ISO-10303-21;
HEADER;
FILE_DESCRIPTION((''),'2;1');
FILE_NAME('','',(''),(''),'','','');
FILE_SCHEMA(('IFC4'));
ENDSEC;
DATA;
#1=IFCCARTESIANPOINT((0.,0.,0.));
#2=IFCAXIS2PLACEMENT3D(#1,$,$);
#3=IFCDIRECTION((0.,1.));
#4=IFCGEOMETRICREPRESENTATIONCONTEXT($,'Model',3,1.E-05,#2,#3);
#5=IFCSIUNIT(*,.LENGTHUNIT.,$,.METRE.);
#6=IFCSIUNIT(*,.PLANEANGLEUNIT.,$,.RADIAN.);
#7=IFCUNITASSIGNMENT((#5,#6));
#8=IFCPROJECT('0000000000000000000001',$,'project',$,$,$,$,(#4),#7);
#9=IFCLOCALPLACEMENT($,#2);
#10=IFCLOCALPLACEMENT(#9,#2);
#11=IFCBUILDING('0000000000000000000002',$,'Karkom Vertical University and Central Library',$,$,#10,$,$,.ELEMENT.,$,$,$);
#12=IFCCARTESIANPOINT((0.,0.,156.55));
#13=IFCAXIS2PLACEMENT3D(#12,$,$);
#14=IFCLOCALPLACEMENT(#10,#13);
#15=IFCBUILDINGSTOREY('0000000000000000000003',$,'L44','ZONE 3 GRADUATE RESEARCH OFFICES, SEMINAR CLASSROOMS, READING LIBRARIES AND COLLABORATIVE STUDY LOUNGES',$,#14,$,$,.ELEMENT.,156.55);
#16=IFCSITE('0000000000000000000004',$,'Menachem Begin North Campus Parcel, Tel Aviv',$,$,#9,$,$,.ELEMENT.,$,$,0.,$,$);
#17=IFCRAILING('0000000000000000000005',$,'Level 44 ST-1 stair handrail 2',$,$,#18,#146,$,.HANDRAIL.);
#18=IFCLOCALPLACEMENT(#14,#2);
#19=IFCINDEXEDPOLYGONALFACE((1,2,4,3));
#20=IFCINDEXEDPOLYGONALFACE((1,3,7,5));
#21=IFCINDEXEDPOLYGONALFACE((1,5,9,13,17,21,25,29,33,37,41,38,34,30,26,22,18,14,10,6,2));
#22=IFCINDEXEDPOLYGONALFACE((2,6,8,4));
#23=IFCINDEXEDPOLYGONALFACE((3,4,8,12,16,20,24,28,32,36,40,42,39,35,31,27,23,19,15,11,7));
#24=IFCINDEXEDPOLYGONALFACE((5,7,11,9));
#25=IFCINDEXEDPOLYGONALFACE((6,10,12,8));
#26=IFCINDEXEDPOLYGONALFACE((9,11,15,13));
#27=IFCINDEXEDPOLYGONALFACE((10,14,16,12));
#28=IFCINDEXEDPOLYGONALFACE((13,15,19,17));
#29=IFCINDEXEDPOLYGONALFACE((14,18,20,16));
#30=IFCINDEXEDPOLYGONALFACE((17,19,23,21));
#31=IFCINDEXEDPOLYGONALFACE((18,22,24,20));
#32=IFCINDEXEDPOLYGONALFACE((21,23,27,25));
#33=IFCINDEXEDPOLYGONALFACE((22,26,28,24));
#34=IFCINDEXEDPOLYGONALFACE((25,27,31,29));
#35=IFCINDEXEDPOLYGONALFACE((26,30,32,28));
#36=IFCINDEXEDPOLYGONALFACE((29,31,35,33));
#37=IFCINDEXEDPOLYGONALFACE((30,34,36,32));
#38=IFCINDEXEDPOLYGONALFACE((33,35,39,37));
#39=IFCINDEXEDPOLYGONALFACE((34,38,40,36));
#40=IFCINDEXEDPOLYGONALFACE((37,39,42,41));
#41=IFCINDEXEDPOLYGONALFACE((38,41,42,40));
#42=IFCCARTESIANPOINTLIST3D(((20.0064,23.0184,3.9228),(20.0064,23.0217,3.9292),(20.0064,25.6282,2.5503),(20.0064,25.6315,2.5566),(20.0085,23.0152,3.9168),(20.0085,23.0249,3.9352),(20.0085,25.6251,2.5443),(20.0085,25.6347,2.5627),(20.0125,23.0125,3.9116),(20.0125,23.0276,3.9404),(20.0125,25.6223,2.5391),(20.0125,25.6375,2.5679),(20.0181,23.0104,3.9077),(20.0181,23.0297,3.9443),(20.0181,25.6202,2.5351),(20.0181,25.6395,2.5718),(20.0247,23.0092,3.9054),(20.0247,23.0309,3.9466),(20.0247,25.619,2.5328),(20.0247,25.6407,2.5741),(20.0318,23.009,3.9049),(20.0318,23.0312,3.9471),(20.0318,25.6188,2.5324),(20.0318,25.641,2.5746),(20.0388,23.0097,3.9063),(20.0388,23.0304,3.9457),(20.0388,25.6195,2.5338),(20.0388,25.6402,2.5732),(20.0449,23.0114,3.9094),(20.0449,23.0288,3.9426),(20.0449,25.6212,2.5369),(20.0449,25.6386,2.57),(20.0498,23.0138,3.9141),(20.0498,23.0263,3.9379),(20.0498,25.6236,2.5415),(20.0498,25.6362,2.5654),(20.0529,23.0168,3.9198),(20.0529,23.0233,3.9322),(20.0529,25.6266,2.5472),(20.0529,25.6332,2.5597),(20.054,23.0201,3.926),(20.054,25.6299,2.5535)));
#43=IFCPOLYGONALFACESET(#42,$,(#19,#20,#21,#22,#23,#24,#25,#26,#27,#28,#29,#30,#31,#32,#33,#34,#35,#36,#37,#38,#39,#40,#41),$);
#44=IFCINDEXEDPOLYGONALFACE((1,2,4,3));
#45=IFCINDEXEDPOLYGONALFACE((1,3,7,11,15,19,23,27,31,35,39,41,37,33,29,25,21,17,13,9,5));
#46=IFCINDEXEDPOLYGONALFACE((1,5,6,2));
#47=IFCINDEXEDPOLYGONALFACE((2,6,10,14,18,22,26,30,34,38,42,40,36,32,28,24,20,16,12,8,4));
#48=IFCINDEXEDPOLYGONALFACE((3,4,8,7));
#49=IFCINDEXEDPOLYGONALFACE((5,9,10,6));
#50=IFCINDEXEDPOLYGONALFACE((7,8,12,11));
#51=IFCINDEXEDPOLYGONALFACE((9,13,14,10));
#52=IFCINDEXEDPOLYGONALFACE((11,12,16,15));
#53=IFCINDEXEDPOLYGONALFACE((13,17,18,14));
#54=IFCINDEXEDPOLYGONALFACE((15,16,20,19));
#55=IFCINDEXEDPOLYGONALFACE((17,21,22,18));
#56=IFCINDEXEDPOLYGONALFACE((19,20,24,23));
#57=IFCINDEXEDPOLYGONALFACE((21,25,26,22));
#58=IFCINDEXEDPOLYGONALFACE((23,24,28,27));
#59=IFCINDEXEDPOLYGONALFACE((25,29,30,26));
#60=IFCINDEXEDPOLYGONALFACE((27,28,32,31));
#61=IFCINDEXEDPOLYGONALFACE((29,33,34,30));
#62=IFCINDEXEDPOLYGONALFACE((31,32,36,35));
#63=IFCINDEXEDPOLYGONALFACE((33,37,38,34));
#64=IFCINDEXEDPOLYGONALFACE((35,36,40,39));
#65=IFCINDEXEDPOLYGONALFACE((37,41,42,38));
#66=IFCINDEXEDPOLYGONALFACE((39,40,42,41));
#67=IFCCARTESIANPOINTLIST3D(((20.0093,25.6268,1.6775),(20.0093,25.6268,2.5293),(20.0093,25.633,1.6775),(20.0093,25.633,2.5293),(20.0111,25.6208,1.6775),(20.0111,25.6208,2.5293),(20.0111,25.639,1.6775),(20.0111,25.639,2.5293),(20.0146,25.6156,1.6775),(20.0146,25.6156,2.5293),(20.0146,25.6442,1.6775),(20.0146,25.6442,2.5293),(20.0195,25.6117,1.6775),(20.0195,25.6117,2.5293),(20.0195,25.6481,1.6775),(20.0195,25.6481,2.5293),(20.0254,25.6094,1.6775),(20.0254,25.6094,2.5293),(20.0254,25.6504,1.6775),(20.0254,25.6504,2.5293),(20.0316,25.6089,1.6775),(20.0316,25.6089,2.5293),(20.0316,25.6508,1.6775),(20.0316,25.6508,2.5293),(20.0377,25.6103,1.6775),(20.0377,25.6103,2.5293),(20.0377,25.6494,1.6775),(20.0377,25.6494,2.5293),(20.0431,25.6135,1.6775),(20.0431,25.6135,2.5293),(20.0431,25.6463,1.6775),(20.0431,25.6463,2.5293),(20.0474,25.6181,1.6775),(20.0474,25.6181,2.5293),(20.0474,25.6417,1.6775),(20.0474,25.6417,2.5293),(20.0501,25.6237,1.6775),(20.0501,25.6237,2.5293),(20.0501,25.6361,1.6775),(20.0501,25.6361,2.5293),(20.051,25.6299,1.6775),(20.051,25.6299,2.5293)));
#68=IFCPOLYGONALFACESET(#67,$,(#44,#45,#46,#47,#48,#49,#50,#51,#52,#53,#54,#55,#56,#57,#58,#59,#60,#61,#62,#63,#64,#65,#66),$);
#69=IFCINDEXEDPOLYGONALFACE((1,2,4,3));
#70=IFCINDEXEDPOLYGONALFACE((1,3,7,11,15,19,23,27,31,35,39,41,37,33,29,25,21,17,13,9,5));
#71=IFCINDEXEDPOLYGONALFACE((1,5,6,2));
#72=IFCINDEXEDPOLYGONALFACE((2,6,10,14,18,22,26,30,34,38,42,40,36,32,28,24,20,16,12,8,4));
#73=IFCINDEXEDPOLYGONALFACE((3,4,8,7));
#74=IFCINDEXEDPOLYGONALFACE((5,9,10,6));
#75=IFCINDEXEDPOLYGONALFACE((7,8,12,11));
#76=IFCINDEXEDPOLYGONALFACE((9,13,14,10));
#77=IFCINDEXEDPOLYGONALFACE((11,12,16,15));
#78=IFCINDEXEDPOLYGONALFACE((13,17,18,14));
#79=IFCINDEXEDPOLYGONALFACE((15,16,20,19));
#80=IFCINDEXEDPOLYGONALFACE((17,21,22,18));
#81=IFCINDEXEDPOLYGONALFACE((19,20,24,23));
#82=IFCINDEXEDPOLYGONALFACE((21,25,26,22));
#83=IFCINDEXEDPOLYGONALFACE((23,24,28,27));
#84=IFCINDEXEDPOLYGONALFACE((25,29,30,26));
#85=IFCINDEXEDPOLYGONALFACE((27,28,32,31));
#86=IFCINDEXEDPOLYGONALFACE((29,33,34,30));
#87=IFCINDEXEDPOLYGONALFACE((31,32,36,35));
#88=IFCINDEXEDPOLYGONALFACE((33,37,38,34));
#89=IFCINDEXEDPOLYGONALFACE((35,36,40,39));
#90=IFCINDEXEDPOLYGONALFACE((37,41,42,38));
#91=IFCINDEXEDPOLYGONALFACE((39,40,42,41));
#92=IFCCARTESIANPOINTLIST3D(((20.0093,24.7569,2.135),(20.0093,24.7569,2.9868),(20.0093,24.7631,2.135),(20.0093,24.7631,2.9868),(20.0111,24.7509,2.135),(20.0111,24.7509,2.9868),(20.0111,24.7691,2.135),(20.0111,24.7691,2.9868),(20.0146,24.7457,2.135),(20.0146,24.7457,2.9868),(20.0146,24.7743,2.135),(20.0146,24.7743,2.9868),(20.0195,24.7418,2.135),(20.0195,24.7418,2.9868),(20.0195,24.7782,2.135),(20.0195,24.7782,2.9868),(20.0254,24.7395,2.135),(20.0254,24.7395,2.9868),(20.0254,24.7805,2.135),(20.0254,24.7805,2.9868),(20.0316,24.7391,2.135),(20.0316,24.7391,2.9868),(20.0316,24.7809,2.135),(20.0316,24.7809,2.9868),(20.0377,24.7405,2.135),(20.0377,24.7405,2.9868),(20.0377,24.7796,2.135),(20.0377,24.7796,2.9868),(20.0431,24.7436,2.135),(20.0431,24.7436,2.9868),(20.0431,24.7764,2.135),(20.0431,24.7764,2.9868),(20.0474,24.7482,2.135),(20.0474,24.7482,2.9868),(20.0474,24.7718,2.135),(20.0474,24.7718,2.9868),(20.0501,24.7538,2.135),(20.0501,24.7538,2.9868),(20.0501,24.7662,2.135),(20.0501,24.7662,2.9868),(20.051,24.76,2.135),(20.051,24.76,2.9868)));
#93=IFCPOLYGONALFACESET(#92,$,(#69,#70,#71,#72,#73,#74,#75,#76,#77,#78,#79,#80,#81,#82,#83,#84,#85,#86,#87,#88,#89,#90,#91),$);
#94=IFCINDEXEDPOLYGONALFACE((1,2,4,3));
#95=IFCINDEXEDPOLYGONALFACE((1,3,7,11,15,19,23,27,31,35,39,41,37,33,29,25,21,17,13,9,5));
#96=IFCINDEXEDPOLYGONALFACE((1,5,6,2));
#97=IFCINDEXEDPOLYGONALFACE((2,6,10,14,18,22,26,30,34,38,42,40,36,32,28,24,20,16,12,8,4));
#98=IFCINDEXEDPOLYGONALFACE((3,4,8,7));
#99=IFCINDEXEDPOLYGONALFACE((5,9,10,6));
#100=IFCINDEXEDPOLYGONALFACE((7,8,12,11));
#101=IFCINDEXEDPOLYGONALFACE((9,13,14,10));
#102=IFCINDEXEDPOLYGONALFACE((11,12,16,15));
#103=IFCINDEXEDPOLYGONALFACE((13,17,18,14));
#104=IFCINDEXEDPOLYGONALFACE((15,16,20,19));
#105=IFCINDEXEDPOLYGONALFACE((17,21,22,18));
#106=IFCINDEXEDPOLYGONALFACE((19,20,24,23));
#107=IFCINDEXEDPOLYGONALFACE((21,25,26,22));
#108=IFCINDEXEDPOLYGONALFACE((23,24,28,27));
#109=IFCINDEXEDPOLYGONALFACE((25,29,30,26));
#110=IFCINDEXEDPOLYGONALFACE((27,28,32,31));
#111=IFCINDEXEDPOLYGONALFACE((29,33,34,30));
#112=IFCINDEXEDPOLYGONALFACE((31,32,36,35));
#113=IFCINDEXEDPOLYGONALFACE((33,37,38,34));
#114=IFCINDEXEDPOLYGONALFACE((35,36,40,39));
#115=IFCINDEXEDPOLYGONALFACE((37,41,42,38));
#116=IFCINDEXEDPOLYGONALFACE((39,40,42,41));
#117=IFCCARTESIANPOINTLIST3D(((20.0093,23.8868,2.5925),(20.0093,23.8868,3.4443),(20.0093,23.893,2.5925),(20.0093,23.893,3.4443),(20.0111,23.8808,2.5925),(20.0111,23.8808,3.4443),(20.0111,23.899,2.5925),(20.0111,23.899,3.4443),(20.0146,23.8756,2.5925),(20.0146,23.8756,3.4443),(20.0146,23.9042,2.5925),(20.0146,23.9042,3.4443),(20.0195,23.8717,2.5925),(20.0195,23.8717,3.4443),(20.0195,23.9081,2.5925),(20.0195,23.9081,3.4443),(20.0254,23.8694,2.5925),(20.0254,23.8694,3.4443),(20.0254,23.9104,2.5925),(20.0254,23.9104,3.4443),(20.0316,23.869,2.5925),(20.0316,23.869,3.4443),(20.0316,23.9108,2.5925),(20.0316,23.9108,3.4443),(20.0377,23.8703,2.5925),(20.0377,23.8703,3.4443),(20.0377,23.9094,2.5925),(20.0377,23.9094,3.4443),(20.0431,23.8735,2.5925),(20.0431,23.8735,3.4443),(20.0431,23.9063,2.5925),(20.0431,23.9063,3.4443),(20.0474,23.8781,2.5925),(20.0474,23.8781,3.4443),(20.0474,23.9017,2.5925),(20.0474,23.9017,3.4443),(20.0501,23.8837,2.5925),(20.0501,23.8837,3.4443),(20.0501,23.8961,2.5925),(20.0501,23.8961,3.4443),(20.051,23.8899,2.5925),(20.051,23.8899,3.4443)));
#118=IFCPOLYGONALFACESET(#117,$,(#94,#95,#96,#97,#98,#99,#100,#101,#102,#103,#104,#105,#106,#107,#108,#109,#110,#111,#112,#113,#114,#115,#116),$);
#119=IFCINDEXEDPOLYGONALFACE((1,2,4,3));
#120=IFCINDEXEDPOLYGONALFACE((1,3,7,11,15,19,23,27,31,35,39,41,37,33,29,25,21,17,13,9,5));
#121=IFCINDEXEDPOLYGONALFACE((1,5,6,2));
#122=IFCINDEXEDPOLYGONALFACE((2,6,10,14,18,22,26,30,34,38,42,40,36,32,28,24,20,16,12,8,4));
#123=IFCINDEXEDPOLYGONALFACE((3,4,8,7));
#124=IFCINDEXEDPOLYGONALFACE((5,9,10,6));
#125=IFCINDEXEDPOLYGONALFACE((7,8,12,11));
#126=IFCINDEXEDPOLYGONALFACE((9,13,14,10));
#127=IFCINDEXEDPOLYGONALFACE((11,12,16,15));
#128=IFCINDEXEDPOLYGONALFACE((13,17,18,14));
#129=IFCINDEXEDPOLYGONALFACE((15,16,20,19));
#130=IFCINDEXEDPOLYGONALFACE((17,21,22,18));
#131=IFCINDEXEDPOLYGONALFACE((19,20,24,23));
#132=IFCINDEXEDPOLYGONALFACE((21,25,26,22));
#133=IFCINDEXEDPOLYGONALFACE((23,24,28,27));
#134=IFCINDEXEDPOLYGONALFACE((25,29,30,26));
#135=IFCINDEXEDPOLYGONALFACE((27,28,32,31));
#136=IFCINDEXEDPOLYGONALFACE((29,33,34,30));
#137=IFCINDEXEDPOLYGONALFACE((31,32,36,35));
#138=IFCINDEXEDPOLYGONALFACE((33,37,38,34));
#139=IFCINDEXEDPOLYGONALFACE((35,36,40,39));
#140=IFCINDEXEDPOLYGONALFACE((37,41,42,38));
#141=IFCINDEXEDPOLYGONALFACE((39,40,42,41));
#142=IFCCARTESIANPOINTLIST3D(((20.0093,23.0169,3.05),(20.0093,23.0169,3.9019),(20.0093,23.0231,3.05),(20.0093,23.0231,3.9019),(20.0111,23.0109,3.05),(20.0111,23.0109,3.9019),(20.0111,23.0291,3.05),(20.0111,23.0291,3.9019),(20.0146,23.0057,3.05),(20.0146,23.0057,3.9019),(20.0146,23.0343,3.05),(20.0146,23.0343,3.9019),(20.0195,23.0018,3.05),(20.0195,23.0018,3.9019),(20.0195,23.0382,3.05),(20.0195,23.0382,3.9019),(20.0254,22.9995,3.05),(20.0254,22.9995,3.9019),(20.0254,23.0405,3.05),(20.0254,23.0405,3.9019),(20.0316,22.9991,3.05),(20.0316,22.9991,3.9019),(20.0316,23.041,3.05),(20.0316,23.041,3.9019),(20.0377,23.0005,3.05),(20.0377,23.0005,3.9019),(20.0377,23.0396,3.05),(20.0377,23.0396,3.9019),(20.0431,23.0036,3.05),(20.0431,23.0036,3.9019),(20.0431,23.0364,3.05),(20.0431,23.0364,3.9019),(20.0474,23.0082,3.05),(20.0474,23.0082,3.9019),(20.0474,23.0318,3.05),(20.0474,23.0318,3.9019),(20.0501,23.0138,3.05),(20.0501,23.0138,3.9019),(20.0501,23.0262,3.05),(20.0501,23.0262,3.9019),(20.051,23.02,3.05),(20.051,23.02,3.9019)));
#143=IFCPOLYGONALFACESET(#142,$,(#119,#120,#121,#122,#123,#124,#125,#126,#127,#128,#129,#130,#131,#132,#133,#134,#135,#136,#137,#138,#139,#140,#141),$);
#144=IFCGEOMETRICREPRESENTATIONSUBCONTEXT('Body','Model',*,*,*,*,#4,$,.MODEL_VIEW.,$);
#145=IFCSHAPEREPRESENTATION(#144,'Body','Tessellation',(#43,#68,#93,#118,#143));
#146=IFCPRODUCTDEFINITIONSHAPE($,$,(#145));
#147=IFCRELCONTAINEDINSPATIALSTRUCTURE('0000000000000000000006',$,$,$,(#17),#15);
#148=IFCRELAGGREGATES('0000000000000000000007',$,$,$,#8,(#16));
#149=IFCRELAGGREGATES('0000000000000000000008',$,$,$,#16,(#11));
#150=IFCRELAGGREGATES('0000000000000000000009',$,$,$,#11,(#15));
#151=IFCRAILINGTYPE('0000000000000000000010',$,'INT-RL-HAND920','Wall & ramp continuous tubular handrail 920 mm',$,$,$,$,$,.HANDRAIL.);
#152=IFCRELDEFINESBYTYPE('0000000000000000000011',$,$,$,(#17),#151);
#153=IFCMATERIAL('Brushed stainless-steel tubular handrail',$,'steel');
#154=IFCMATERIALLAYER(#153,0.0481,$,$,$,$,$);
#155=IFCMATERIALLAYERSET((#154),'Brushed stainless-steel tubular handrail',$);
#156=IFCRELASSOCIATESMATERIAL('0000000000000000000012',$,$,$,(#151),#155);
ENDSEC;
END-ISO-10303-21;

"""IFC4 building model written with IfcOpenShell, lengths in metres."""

from ifc_helpers import new_model, si_unit, direction, frame, origin, origin_2d, place, context, subcontext, project, spatial, circle, extrude, material, layer, layer_set, type_object, element, save


model = new_model("IFC4")

# Units and contexts
model_context = context("Model", 3, precision=1e-05, world=origin(), true_north=direction((0.0, 1.0)))
body_context = subcontext(model_context, "Body", "Model", "MODEL_VIEW")
ifc_project = project(units=[si_unit("LENGTHUNIT", "METRE"), si_unit("PLANEANGLEUNIT", "RADIAN")], contexts=[model_context])

# Site, building, storey
site_placement = place(None, origin())
site = spatial("IfcSite", under=ifc_project, at=site_placement, Name="Menachem Begin North Campus Parcel, Tel Aviv", CompositionType="ELEMENT", RefElevation=0.0)
building_placement = place(site_placement, origin())
building = spatial("IfcBuilding", under=site, at=building_placement, Name="Karkom Vertical University and Central Library", CompositionType="ELEMENT")
storey_placement = place(building_placement, frame((0.0, 0.0, 156.55)))
storey = spatial("IfcBuildingStorey", under=building, at=storey_placement, Name="L44", Description="ZONE 3 GRADUATE RESEARCH OFFICES, SEMINAR CLASSROOMS, READING LIBRARIES AND COLLABORATIVE STUDY LOUNGES", CompositionType="ELEMENT", Elevation=156.55)

# Railing
ifc_material_1 = material(Name="Brushed stainless-steel tubular handrail", Category="steel")
ifc_layer_1 = layer(ifc_material_1, 0.0481)
ifc_layer_set_1 = layer_set([ifc_layer_1], Name="Brushed stainless-steel tubular handrail")
railing_type_1 = type_object("IfcRailingType", Name="INT-RL-HAND920", Description="Wall & ramp continuous tubular handrail 920 mm", PredefinedType="HANDRAIL", material=ifc_layer_set_1)
railing_1_placement = place(storey_placement, frame((20.03, 25.6299, 1.6775)))
element("IfcRailing", 1, at=railing_1_placement, inside=storey, type_object=railing_type_1, Name="Level 44 ST-1 stair handrail 2", PredefinedType="HANDRAIL", context=body_context, shape_type="SweptSolid", body=[
    extrude(circle(Radius=0.0239, at=origin_2d()), frame((0.0, 0.0, 0.876), z_axis=(0.0, -0.885065, 0.465467), x_axis=(1.0, 0.0, 0.0)), (0.0, 0.0, 1.0), 2.9487),
    extrude(circle(Radius=0.021, at=origin_2d()), origin(), (0.0, 0.0, 1.0), 0.8518),
    extrude(circle(Radius=0.021, at=origin_2d()), frame((0.0, -0.8699, 0.4575)), (0.0, 0.0, 1.0), 0.8518),
    extrude(circle(Radius=0.021, at=origin_2d()), frame((0.0, -1.74, 0.915)), (0.0, 0.0, 1.0), 0.8518),
    extrude(circle(Radius=0.021, at=origin_2d()), frame((0.0, -2.6099, 1.3726)), (0.0, 0.0, 1.0), 0.8518),
])

save(model, "model.ifc")
